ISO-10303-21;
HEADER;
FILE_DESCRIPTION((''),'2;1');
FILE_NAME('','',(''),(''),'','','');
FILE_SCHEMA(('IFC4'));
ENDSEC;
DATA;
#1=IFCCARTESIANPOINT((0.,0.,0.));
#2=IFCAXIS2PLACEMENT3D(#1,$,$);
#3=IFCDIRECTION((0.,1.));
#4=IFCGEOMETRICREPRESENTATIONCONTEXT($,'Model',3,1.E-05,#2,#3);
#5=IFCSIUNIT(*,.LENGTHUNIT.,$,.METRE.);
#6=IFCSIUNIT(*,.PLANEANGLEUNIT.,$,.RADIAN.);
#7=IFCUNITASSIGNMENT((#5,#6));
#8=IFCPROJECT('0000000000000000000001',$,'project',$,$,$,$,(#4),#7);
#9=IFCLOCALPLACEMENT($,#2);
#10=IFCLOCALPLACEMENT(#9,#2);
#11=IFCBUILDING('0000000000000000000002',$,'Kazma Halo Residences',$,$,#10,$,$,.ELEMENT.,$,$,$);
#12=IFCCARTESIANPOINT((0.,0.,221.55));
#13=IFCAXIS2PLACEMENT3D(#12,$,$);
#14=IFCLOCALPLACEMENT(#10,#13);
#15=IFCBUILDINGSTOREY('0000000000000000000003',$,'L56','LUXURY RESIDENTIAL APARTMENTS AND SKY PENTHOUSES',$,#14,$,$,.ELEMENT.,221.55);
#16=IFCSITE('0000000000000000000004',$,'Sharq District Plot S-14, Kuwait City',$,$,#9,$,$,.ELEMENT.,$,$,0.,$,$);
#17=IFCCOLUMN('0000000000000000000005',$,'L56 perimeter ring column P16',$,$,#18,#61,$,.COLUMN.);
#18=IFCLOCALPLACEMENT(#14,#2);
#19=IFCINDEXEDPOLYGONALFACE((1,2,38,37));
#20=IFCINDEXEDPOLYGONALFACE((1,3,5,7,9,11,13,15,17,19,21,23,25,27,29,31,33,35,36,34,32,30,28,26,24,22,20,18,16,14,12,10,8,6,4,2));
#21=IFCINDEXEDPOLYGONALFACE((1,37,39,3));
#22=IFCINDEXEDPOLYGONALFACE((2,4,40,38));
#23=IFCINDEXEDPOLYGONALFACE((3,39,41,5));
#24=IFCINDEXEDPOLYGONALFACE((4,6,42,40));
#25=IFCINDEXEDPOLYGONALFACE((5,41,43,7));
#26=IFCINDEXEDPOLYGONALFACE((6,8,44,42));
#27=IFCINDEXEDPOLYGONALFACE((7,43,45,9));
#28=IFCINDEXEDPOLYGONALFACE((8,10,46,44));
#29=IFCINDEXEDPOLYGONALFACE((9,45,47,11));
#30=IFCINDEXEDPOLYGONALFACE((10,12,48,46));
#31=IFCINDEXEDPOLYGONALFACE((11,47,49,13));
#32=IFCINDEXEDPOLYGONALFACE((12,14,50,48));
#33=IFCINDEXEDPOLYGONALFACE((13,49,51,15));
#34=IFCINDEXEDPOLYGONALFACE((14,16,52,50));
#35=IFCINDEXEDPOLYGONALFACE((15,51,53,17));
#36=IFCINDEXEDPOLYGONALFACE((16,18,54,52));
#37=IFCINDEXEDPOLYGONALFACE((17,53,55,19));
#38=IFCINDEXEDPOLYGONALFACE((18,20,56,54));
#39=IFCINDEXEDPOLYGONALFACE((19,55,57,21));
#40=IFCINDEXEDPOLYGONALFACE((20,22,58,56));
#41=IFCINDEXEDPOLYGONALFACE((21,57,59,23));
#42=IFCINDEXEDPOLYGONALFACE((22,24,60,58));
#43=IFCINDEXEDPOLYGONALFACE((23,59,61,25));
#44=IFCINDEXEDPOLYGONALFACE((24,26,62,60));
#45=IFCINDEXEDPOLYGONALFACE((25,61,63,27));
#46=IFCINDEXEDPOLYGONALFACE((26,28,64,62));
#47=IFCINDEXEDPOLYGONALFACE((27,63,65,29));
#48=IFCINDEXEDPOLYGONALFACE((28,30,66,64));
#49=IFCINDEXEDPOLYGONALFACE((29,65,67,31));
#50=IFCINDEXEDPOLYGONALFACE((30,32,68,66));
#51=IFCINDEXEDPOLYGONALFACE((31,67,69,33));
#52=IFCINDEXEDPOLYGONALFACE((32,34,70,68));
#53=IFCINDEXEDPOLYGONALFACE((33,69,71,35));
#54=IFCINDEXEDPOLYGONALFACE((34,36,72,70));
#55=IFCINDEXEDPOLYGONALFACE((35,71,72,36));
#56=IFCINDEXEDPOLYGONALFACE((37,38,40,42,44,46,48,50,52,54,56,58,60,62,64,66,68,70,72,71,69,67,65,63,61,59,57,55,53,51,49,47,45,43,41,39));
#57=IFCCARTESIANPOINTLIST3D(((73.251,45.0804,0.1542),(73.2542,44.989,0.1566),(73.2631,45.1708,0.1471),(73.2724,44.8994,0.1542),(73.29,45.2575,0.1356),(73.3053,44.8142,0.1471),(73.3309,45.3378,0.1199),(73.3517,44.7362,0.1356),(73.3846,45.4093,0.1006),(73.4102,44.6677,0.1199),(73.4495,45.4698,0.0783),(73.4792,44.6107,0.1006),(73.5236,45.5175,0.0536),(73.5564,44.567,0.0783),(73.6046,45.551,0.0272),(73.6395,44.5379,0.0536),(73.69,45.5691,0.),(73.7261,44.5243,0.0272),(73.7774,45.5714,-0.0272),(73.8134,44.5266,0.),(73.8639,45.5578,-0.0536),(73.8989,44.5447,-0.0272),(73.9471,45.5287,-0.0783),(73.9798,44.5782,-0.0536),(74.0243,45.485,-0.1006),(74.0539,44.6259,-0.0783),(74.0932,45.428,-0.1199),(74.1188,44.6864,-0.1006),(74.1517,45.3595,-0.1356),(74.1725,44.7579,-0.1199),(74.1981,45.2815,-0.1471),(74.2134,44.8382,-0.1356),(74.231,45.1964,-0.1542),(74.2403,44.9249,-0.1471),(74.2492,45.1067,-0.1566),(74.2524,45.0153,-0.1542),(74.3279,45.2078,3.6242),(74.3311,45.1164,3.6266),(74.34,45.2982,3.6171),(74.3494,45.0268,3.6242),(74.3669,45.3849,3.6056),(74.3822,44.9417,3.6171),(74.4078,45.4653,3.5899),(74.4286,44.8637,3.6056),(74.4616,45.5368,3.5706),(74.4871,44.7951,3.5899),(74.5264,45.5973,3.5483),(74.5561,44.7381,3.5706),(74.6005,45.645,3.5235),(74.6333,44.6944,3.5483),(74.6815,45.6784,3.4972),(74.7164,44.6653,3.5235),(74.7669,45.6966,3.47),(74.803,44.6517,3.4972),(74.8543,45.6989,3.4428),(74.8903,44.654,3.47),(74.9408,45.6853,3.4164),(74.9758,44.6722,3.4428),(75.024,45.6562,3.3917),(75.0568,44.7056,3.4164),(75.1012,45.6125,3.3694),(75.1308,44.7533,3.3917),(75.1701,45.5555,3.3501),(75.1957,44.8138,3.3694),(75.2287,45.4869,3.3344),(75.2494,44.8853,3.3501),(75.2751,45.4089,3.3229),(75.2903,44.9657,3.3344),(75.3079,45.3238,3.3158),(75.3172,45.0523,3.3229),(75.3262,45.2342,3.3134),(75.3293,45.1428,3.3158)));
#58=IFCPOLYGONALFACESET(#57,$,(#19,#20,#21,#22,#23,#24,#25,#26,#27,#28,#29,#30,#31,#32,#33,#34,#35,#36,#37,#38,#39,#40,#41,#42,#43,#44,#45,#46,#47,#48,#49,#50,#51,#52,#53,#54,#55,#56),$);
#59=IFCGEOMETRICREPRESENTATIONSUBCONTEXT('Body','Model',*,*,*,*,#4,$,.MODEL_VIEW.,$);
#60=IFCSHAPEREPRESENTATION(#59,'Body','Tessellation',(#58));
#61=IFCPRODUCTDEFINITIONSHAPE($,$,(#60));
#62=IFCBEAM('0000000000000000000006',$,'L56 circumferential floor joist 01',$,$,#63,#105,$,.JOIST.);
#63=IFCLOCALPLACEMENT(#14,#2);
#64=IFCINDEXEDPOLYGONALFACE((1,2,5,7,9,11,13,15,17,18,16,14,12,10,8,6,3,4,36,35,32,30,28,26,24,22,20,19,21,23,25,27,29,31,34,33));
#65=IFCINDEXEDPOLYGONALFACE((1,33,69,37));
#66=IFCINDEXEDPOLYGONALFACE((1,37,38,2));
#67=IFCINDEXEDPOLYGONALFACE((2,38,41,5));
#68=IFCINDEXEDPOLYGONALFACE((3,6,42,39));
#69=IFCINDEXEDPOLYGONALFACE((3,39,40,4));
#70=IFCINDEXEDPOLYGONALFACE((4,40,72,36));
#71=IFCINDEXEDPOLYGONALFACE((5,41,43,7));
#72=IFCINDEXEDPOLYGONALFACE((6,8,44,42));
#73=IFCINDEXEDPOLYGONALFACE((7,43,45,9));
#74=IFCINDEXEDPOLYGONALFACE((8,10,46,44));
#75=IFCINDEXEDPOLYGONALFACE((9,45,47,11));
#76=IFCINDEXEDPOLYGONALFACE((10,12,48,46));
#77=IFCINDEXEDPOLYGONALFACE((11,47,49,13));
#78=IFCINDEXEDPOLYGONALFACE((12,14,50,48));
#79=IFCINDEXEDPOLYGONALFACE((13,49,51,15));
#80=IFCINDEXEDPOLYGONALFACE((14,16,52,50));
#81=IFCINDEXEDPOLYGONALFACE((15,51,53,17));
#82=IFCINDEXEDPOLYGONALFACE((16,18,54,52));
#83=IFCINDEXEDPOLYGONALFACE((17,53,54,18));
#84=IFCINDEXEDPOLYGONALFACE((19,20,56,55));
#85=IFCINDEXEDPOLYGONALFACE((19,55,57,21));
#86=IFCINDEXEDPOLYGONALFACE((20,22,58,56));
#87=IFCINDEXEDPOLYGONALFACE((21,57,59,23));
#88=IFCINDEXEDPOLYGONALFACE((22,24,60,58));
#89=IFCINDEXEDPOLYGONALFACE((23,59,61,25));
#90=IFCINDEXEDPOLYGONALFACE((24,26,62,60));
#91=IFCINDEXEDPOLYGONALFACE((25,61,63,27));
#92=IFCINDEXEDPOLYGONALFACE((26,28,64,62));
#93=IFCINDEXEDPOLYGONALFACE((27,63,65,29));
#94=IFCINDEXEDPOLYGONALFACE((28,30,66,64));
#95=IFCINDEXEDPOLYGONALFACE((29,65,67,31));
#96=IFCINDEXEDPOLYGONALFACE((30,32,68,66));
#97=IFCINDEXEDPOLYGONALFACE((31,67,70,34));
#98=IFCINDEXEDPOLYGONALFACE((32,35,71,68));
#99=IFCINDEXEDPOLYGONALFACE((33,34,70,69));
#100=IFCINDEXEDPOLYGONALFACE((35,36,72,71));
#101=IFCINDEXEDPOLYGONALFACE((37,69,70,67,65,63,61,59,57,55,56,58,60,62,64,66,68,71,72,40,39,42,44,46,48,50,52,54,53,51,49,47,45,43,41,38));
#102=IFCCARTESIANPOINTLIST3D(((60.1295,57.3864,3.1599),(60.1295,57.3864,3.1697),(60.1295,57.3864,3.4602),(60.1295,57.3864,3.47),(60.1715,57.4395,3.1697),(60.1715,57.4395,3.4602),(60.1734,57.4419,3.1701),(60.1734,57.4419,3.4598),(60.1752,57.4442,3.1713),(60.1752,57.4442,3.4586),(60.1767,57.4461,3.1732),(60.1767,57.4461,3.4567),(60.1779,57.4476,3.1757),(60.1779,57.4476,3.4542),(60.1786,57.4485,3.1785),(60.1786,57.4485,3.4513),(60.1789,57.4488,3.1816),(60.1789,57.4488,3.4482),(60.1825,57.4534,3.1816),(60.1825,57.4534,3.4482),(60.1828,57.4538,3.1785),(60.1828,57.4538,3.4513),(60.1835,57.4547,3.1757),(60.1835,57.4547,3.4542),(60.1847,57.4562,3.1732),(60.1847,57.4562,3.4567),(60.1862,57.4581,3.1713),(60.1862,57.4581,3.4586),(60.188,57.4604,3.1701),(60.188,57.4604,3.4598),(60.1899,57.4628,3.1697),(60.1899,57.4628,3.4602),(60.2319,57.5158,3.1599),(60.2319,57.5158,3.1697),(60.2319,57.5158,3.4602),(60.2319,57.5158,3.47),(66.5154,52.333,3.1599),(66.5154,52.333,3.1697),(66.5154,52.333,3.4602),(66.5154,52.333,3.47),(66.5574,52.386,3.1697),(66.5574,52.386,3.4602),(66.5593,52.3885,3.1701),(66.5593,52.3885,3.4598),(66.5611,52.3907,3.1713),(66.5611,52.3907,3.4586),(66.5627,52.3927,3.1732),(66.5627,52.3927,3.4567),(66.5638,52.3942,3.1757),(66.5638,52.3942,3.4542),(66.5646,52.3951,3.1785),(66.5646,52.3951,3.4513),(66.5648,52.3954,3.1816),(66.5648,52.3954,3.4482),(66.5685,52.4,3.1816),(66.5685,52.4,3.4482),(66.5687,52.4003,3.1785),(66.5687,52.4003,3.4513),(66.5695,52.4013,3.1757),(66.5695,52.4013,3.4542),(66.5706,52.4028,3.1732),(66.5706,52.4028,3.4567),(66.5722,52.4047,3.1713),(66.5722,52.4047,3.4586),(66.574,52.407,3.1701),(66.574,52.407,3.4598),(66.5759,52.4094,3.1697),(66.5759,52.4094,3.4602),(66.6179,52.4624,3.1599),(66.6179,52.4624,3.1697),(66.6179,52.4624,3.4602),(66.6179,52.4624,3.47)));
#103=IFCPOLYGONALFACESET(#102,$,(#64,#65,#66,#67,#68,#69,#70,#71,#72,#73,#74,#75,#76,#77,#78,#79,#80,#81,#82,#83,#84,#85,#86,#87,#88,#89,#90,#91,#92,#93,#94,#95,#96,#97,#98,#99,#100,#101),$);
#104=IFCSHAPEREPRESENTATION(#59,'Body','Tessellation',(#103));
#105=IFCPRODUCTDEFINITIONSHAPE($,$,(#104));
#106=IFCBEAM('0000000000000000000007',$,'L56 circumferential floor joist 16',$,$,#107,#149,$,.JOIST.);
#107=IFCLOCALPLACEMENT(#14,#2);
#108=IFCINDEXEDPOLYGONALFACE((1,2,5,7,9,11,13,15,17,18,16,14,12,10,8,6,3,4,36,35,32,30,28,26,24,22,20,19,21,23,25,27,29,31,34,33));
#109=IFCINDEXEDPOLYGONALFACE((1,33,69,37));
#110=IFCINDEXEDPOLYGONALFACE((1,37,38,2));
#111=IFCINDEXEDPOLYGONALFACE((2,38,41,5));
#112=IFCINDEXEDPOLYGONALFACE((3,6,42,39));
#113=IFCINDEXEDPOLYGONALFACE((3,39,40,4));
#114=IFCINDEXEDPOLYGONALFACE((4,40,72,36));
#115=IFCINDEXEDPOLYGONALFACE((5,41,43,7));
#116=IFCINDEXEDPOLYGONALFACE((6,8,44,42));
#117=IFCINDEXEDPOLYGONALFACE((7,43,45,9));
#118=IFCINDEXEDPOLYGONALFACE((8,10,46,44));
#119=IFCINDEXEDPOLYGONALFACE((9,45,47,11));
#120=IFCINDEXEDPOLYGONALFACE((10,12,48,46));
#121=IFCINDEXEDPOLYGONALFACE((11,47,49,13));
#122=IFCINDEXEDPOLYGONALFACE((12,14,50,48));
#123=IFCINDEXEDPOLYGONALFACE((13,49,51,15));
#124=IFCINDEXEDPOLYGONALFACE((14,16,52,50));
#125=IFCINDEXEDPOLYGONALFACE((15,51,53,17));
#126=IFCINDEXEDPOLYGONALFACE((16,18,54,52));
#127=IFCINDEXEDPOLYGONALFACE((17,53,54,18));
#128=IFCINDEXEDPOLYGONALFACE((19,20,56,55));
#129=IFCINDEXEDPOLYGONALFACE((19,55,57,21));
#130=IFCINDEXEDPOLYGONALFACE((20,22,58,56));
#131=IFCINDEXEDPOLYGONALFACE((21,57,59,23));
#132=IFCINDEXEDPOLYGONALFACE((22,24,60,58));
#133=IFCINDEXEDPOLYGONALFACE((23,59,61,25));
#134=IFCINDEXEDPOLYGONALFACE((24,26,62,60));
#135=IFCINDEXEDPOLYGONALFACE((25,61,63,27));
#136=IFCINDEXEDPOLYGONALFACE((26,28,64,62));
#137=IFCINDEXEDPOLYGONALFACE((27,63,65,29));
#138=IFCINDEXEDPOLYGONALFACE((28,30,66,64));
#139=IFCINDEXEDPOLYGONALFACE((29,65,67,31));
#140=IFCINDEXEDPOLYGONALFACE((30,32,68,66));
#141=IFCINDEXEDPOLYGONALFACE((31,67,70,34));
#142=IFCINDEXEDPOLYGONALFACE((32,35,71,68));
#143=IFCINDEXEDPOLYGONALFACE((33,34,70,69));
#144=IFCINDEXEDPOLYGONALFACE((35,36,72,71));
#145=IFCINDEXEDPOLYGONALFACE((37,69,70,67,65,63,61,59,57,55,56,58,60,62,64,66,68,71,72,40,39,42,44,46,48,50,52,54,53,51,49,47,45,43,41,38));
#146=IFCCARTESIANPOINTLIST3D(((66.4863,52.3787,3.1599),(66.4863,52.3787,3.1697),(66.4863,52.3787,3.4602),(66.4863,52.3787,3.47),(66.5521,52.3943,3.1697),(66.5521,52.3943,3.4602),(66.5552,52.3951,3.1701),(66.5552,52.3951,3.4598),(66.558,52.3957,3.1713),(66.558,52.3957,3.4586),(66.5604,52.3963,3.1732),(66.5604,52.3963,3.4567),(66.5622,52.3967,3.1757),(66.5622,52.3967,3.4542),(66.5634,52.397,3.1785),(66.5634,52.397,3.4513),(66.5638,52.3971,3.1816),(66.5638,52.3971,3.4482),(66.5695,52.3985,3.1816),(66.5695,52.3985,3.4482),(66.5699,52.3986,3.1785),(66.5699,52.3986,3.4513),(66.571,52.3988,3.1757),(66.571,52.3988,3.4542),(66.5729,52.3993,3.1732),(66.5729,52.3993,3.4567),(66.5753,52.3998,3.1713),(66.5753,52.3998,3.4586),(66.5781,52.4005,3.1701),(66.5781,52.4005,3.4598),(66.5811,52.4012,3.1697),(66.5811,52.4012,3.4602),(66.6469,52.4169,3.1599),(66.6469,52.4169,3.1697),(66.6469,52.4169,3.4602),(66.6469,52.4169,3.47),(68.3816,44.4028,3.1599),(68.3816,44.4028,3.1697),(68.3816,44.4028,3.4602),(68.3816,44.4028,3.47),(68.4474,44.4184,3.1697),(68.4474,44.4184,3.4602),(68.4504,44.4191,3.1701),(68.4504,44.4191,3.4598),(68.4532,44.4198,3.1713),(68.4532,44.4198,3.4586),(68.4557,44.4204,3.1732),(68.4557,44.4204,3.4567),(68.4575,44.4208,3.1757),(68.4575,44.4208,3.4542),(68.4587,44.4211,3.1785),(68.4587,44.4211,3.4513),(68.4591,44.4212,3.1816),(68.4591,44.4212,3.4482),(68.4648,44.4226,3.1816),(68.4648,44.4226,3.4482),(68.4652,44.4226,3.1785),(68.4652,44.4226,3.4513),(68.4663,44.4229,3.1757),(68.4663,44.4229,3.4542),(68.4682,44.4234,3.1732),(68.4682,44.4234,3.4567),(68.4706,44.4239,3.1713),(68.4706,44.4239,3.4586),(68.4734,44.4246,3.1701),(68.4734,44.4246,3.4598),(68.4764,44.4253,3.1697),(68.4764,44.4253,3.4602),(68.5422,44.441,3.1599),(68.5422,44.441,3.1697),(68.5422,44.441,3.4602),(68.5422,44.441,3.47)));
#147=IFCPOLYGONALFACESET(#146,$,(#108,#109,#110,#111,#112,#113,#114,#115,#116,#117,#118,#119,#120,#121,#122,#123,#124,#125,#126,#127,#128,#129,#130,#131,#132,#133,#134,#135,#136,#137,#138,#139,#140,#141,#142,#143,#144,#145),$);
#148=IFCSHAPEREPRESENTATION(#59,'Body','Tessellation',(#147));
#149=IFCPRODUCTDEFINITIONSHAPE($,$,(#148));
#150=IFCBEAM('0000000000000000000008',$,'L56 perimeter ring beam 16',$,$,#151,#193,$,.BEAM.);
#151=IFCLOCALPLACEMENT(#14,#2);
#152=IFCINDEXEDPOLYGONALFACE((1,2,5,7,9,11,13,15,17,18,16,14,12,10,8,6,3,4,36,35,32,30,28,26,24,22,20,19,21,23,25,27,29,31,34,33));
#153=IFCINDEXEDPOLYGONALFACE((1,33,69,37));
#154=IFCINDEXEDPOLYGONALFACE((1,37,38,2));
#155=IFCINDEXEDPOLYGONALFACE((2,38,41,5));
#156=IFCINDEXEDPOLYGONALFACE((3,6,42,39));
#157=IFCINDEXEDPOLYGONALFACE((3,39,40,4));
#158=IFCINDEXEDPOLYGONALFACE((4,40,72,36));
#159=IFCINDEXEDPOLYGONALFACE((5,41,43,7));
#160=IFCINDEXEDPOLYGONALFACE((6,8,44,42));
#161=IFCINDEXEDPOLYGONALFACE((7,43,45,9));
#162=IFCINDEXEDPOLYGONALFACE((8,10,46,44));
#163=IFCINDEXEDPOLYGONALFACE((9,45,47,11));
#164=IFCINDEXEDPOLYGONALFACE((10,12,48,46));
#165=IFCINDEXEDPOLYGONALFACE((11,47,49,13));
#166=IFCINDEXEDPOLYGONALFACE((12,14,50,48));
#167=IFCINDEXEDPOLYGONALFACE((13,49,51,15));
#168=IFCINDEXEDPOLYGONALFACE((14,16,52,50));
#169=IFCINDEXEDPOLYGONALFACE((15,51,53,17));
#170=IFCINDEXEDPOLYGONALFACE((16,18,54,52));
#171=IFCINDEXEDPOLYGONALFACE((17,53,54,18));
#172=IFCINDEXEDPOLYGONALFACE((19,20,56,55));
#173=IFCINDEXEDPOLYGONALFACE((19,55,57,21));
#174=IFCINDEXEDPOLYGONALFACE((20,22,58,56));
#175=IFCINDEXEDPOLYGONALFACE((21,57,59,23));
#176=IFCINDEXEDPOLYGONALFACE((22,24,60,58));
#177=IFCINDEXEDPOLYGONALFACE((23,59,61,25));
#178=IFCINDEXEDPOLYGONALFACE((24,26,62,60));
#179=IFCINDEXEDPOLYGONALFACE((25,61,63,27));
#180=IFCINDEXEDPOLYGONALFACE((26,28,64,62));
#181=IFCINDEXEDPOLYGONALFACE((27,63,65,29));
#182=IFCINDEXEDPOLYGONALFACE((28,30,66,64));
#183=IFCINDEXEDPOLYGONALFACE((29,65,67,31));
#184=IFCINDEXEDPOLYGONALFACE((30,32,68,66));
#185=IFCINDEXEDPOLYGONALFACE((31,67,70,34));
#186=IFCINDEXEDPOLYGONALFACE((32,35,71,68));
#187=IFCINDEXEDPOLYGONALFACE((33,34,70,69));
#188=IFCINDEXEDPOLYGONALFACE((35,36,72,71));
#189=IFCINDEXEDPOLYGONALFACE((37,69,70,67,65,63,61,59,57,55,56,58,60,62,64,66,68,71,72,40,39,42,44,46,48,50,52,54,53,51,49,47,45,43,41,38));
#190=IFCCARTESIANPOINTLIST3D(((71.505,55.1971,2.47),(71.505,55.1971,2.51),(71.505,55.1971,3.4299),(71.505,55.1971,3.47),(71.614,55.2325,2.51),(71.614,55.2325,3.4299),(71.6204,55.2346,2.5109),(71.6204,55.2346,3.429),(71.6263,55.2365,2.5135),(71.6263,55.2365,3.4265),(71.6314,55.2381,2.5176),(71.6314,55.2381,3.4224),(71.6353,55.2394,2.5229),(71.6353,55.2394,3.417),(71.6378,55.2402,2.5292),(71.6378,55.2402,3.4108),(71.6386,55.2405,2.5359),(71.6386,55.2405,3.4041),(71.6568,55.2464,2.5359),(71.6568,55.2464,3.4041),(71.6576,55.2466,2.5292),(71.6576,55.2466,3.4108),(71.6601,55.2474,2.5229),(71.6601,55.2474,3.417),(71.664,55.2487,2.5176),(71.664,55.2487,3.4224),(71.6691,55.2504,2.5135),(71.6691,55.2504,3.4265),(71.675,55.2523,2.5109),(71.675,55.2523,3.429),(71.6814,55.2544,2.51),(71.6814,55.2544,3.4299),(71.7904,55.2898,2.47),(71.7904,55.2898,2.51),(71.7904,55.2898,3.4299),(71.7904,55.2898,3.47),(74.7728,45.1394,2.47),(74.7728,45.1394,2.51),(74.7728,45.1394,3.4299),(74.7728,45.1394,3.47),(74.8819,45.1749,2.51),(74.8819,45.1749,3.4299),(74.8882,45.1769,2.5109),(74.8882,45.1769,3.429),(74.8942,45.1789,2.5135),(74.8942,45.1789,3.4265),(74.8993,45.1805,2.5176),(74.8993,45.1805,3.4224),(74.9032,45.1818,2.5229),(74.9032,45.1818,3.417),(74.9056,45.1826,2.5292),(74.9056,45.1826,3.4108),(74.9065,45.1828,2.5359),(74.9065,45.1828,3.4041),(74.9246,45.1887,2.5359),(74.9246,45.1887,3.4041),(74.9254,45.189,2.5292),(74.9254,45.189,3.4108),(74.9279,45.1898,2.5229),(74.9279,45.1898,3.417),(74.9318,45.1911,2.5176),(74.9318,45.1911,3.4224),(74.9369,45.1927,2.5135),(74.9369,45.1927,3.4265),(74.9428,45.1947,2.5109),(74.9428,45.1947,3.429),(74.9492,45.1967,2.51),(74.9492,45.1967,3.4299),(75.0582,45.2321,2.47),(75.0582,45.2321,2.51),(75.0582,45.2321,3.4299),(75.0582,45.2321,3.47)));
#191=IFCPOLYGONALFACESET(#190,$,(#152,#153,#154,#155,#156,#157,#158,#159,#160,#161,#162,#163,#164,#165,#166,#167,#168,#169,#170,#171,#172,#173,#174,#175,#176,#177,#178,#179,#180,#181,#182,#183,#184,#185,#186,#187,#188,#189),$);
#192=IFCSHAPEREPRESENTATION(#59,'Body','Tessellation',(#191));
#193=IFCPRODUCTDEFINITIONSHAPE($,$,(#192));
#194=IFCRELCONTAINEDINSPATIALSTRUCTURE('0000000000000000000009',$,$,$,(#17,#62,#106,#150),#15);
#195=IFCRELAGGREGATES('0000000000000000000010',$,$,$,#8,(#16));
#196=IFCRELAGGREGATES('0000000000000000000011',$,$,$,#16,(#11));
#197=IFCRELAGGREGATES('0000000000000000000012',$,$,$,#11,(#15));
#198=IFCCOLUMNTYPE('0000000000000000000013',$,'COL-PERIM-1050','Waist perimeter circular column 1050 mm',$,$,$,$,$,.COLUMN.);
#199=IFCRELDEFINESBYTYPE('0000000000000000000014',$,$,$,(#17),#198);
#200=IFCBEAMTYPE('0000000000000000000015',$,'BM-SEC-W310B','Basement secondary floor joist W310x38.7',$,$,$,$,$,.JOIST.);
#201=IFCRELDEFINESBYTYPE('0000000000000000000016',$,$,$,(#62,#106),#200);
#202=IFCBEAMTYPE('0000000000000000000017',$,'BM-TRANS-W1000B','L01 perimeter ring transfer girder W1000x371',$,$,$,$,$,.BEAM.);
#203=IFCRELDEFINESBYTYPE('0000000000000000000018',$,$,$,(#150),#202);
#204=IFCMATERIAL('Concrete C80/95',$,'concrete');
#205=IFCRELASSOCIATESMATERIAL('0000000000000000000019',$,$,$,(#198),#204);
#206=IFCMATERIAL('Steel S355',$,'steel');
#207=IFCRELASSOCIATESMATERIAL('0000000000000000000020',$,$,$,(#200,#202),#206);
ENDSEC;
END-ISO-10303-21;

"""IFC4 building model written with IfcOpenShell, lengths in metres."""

from ifc_helpers import new_model, si_unit, direction, frame, origin, origin_2d, place, context, subcontext, project, spatial, circle, i_section, extrude, material, material_profile, profile_set, type_object, element, save


model = new_model("IFC4")

# Units and contexts
model_context = context("Model", 3, precision=1e-05, world=origin(), true_north=direction((0.0, 1.0)))
body_context = subcontext(model_context, "Body", "Model", "MODEL_VIEW")
ifc_project = project(units=[si_unit("LENGTHUNIT", "METRE"), si_unit("PLANEANGLEUNIT", "RADIAN")], contexts=[model_context])

# Site, building, storey
site_placement = place(None, origin())
site = spatial("IfcSite", under=ifc_project, at=site_placement, Name="Sharq District Plot S-14, Kuwait City", CompositionType="ELEMENT", RefElevation=0.0)
building_placement = place(site_placement, origin())
building = spatial("IfcBuilding", under=site, at=building_placement, Name="Kazma Halo Residences", CompositionType="ELEMENT")
storey_placement = place(building_placement, frame((0.0, 0.0, 221.55)))
storey = spatial("IfcBuildingStorey", under=building, at=storey_placement, Name="L56", Description="LUXURY RESIDENTIAL APARTMENTS AND SKY PENTHOUSES", CompositionType="ELEMENT", Elevation=221.55)

# Column
ifc_material_1 = material(Name="Concrete C80/95", Category="concrete")
ifc_material_profile_1 = material_profile(ifc_material_1, circle(Radius=0.5249, at=origin_2d()), Name="CIRC1050")
ifc_profile_set_1 = profile_set([ifc_material_profile_1], Name="Concrete C80/95")
column_type = type_object("IfcColumnType", Name="COL-PERIM-1050", Description="Waist perimeter circular column 1050 mm", PredefinedType="COLUMN", material=ifc_profile_set_1)
column_placement = place(storey_placement, frame((73.7517, 45.0479, 0.0), z_axis=(0.296221, 0.035055, 0.954476), x_axis=(-0.11752, 0.99307, 0.0)))
element("IfcColumn", 1, at=column_placement, inside=storey, type_object=column_type, Name="L56 perimeter ring column P16", PredefinedType="COLUMN", context=body_context, shape_type="SweptSolid", body=[
    extrude(circle(Radius=0.5249, at=origin_2d()), origin(), (0.0, 0.0, 1.0), 3.6355),
])

# Beams
ifc_material_2 = material(Name="Steel S355", Category="steel")
ifc_material_profile_2 = material_profile(ifc_material_2, i_section(OverallWidth=0.165, OverallDepth=0.3101, WebThickness=0.0059, FlangeThickness=0.0098, FilletRadius=0.012, at=origin_2d()), Name="W310x38.7")
ifc_profile_set_2 = profile_set([ifc_material_profile_2], Name="Steel S355")
beam_type_1 = type_object("IfcBeamType", Name="BM-SEC-W310B", Description="Basement secondary floor joist W310x38.7", PredefinedType="JOIST", material=ifc_profile_set_2)
beam_1_placement = place(storey_placement, frame((66.5667, 52.3977, 3.3149), z_axis=(-0.784172, 0.620544, 0.0), x_axis=(-0.620544, -0.784172, 0.0)))
element("IfcBeam", 2, at=beam_1_placement, inside=storey, type_object=beam_type_1, Name="L56 circumferential floor joist 01", PredefinedType="JOIST", context=body_context, shape_type="SweptSolid", body=[
    extrude(i_section(OverallWidth=0.165, OverallDepth=0.3101, WebThickness=0.0059, FlangeThickness=0.0098, FilletRadius=0.012, at=origin_2d()), origin(), (0.0, 0.0, 1.0), 8.1436),
])
beam_2_placement = place(storey_placement, frame((68.4619, 44.4219, 3.3149), z_axis=(-0.231188, 0.972909, 0.0), x_axis=(-0.972909, -0.231188, 0.0)))
element("IfcBeam", 3, at=beam_2_placement, inside=storey, type_object=beam_type_1, Name="L56 circumferential floor joist 16", PredefinedType="JOIST", context=body_context, shape_type="SweptSolid", body=[
    extrude(i_section(OverallWidth=0.165, OverallDepth=0.3101, WebThickness=0.0059, FlangeThickness=0.0098, FilletRadius=0.012, at=origin_2d()), origin(), (0.0, 0.0, 1.0), 8.198),
])
ifc_material_profile_3 = material_profile(ifc_material_2, i_section(OverallWidth=0.3, OverallDepth=1.0, WebThickness=0.019, FlangeThickness=0.04, FilletRadius=0.0259, at=origin_2d()), Name="W1000x371")
ifc_profile_set_3 = profile_set([ifc_material_profile_3], Name="Steel S355")
beam_type_2 = type_object("IfcBeamType", Name="BM-TRANS-W1000B", Description="L01 perimeter ring transfer girder W1000x371", PredefinedType="BEAM", material=ifc_profile_set_3)
beam_3_placement = place(storey_placement, frame((74.9155, 45.1858, 2.97), z_axis=(-0.309009, 0.951059, 0.0), x_axis=(-0.951059, -0.309009, 0.0)))
element("IfcBeam", 4, at=beam_3_placement, inside=storey, type_object=beam_type_2, Name="L56 perimeter ring beam 16", PredefinedType="BEAM", context=body_context, shape_type="SweptSolid", body=[
    extrude(i_section(OverallWidth=0.3, OverallDepth=1.0, WebThickness=0.019, FlangeThickness=0.04, FilletRadius=0.0259, at=origin_2d()), origin(), (0.0, 0.0, 1.0), 10.5752),
])

save(model, "model.ifc")
